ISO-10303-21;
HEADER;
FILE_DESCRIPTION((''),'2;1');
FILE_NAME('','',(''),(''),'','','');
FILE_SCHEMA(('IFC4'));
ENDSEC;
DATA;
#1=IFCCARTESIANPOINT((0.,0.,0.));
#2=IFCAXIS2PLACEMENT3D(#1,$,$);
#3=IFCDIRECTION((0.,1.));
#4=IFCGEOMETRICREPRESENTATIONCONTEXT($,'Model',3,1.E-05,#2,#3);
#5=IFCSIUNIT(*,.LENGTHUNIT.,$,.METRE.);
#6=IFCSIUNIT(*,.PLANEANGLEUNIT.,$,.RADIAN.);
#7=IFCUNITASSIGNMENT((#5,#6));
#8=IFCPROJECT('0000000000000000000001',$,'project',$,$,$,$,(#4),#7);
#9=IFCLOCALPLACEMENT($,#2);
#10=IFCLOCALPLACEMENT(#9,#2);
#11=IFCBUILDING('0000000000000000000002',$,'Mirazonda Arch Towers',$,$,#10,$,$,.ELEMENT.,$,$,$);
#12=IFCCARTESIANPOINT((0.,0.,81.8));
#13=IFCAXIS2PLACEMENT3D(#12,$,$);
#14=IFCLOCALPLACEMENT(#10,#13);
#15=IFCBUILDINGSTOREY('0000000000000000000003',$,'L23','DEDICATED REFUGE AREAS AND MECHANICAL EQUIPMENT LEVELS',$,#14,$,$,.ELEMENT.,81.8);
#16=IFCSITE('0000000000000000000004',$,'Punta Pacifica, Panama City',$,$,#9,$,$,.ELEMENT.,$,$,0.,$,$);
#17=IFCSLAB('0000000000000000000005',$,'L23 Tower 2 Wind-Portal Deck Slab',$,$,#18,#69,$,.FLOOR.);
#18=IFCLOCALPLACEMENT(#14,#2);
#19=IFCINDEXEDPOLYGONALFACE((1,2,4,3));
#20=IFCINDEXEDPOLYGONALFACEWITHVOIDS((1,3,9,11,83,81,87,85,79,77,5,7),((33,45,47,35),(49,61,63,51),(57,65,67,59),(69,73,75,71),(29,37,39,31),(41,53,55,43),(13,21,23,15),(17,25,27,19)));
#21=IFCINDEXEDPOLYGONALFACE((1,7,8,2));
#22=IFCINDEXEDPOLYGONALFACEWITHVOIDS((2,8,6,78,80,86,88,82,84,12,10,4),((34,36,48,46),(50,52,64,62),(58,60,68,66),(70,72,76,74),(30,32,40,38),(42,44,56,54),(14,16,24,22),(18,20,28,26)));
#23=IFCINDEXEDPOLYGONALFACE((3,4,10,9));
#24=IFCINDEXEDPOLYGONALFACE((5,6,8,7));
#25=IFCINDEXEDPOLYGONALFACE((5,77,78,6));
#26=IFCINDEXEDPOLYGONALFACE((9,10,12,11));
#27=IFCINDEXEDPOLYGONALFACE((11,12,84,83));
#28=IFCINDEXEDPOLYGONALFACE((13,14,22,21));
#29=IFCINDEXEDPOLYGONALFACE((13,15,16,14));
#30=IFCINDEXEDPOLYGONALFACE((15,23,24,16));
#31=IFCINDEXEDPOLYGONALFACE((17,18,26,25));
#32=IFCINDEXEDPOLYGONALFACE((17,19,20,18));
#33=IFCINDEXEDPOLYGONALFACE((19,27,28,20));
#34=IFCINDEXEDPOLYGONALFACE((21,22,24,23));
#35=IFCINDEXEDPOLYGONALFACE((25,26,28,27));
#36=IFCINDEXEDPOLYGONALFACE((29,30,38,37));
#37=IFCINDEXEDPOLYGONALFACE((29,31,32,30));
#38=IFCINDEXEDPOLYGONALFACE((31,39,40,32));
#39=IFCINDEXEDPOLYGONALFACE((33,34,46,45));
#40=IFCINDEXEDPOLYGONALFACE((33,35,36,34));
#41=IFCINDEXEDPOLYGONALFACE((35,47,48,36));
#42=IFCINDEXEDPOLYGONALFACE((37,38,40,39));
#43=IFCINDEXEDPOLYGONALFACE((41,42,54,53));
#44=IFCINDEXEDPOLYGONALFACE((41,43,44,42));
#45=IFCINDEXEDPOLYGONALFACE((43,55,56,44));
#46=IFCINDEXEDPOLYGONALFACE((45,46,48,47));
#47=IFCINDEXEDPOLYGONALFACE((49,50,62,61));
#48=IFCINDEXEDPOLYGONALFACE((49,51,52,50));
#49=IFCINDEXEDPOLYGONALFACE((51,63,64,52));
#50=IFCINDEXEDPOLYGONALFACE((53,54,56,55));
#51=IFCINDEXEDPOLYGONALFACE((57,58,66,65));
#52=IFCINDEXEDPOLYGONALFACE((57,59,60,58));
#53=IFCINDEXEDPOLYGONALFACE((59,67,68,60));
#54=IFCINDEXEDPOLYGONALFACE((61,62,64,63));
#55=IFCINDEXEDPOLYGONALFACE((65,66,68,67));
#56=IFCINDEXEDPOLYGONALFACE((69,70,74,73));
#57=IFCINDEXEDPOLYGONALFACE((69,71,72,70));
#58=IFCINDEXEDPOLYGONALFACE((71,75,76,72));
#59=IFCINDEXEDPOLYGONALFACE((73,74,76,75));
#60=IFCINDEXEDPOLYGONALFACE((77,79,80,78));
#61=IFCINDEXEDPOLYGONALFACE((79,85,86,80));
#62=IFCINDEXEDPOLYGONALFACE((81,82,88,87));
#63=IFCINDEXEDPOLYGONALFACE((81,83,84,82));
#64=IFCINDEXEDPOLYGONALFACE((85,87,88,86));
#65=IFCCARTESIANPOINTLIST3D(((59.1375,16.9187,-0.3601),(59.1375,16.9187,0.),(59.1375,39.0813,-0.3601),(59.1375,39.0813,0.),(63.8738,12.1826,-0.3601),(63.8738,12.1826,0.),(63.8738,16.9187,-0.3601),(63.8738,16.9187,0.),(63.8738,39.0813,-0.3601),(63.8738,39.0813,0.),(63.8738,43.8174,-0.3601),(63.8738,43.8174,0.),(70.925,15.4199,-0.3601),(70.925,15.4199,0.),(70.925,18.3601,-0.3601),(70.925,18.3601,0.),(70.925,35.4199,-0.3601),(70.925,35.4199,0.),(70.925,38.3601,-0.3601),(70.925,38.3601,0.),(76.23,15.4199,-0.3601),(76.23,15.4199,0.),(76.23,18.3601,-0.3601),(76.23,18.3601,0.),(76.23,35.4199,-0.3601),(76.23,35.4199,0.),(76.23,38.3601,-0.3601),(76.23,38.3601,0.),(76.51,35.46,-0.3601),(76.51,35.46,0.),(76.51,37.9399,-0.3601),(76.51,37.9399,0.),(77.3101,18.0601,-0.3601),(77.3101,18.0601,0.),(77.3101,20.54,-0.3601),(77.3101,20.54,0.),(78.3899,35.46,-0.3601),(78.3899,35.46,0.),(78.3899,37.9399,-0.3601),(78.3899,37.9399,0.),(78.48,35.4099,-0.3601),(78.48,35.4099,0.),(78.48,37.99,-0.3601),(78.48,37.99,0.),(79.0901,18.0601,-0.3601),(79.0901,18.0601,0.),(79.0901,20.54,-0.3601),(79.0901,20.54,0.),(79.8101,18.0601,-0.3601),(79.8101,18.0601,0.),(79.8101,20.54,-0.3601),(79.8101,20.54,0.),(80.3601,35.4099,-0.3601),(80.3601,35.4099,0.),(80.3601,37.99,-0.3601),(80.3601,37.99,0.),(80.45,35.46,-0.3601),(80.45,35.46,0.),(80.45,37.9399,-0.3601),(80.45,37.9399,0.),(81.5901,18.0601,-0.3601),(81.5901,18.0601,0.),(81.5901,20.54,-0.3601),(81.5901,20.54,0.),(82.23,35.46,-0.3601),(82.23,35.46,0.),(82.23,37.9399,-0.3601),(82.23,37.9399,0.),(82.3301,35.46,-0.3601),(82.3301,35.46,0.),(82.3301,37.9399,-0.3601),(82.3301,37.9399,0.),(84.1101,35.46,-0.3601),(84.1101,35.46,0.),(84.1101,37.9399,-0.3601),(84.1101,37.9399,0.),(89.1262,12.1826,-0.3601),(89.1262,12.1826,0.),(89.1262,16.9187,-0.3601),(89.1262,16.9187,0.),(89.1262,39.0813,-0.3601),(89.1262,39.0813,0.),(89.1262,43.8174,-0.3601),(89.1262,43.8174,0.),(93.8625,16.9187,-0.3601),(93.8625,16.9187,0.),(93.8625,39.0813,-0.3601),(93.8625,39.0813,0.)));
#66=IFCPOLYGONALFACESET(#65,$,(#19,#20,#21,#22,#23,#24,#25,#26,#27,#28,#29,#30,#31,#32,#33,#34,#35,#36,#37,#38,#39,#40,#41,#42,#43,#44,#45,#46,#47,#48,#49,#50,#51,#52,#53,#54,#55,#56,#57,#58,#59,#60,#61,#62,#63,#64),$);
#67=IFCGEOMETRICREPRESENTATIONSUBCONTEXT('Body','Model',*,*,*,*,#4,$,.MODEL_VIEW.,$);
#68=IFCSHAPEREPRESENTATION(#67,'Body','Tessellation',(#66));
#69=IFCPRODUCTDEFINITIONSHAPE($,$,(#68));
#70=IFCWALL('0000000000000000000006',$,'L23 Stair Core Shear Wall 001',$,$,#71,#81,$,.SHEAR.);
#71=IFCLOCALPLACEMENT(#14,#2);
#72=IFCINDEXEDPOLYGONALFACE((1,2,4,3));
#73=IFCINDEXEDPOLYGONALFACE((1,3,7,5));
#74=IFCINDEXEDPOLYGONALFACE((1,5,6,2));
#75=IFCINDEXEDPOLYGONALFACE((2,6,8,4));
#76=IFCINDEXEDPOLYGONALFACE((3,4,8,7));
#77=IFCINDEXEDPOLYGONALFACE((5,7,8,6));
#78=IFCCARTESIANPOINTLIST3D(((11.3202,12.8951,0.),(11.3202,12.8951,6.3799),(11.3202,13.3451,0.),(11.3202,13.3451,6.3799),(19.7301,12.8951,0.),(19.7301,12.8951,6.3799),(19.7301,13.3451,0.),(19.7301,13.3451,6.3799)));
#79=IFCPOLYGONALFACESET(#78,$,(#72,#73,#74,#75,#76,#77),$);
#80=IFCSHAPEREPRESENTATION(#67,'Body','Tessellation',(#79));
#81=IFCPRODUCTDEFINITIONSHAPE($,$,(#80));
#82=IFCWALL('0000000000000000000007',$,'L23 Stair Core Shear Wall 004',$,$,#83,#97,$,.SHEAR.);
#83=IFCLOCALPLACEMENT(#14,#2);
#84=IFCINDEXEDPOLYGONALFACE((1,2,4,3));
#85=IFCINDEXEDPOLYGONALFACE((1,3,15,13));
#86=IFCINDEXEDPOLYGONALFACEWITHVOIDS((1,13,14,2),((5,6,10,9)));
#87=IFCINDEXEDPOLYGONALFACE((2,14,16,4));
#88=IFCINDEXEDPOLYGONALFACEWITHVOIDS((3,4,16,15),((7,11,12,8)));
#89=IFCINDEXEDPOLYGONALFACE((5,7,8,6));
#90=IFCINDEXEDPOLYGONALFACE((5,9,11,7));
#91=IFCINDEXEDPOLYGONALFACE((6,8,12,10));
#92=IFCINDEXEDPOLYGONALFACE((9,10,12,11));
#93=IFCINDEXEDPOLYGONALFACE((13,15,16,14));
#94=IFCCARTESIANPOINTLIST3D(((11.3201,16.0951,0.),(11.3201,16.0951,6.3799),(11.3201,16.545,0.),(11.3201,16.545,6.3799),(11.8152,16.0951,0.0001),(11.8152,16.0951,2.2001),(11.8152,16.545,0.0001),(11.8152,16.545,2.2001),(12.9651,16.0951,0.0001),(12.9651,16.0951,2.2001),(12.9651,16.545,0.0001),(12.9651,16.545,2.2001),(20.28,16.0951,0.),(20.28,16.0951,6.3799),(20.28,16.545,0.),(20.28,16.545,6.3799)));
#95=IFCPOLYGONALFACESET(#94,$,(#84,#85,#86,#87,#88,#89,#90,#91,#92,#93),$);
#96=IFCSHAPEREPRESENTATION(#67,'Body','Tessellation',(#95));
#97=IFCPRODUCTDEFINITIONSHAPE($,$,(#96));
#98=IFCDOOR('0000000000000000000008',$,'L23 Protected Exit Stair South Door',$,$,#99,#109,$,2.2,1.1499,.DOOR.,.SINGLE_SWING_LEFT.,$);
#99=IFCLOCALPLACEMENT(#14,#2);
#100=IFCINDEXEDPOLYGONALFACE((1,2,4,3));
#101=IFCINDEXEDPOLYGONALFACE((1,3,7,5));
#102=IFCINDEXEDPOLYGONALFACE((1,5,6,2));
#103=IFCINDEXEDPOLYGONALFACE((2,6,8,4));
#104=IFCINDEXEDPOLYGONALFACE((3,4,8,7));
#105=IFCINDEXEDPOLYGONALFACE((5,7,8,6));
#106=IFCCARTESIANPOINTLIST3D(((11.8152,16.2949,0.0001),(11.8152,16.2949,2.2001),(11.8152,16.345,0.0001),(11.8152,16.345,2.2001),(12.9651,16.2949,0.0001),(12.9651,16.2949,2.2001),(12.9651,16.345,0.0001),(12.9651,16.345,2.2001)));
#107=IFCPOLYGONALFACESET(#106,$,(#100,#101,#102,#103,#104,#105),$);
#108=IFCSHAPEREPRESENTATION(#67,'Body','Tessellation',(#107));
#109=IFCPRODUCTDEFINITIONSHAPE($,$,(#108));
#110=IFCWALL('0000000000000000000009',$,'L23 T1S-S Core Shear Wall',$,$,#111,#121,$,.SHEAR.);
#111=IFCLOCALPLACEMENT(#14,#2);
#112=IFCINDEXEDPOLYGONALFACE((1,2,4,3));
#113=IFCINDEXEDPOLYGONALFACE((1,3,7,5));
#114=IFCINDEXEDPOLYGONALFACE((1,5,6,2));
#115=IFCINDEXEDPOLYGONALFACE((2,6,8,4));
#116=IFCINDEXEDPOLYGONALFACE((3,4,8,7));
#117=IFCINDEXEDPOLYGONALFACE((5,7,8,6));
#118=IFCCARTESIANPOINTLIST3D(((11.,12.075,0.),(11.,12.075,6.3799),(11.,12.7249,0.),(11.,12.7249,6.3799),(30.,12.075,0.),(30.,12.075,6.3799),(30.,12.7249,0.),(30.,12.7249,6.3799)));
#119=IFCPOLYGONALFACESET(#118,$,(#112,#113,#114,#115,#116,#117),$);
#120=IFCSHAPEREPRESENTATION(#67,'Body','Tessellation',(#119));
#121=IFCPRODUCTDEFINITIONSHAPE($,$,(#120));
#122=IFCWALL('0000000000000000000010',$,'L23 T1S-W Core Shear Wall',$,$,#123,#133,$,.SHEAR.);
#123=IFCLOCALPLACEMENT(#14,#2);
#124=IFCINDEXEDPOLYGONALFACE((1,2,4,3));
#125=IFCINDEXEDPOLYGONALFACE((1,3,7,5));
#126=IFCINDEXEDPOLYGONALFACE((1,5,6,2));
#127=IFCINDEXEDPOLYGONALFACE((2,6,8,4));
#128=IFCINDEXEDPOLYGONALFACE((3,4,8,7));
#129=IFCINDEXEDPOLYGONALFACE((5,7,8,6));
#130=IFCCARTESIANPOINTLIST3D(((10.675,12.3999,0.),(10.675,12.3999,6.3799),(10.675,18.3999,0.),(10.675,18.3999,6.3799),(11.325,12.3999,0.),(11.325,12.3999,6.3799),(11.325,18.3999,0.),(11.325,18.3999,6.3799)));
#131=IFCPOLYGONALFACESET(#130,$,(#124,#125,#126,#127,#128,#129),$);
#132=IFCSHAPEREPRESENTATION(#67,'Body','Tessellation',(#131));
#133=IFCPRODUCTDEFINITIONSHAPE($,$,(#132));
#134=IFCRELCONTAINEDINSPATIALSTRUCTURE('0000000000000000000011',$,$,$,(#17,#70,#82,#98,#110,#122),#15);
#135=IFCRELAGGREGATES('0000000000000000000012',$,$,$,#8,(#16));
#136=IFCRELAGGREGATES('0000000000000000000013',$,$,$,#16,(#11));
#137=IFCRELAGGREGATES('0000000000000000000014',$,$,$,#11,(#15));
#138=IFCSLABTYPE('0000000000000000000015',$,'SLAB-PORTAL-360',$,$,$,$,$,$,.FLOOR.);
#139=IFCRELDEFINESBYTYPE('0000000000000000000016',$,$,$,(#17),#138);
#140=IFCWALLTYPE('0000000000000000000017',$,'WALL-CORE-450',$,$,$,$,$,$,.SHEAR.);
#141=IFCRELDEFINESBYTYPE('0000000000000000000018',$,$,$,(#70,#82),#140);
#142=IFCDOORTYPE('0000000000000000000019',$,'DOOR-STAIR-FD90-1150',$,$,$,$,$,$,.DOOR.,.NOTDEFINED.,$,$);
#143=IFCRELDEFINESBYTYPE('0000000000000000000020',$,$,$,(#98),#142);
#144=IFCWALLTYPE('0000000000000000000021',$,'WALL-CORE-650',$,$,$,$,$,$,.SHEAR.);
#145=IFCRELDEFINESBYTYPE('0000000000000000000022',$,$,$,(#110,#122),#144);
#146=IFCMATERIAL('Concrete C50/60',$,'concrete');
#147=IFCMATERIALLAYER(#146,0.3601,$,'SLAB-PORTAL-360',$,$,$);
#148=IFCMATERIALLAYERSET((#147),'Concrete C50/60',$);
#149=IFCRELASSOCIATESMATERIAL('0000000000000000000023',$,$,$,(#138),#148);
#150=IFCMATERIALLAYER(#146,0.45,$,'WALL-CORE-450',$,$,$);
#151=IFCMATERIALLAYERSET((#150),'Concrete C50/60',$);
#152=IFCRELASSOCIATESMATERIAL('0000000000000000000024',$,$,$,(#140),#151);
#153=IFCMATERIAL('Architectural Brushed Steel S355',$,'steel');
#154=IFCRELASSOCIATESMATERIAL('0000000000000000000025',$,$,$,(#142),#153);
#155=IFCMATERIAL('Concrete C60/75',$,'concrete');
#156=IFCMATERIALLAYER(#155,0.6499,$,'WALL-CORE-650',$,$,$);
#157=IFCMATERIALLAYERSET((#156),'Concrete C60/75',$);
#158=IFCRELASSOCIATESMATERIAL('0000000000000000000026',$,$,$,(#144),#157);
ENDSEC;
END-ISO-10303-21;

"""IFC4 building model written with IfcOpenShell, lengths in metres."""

from ifc_helpers import new_model, si_unit, direction, frame, frame_2d, origin, place, context, subcontext, project, spatial, polyline, rectangle, outline, extrude, material, layer, layer_set, type_object, element, fill, save


model = new_model("IFC4")

# Units and contexts
model_context = context("Model", 3, precision=1e-05, world=origin(), true_north=direction((0.0, 1.0)))
body_context = subcontext(model_context, "Body", "Model", "MODEL_VIEW")
ifc_project = project(units=[si_unit("LENGTHUNIT", "METRE"), si_unit("PLANEANGLEUNIT", "RADIAN")], contexts=[model_context])

# Site, building, storey
site_placement = place(None, origin())
site = spatial("IfcSite", under=ifc_project, at=site_placement, Name="Punta Pacifica, Panama City", CompositionType="ELEMENT", RefElevation=0.0)
building_placement = place(site_placement, origin())
building = spatial("IfcBuilding", under=site, at=building_placement, Name="Mirazonda Arch Towers", CompositionType="ELEMENT")
storey_placement = place(building_placement, frame((0.0, 0.0, 81.8)))
storey = spatial("IfcBuildingStorey", under=building, at=storey_placement, Name="L23", Description="DEDICATED REFUGE AREAS AND MECHANICAL EQUIPMENT LEVELS", CompositionType="ELEMENT", Elevation=81.8)

# Shared definitions
ifc_material_1 = material(Name="Concrete C50/60", Category="concrete")
ifc_material_2 = material(Name="Concrete C60/75", Category="concrete")

# Slab
ifc_layer_1 = layer(ifc_material_1, 0.3601, Name="SLAB-PORTAL-360")
ifc_layer_set_1 = layer_set([ifc_layer_1], Name="Concrete C50/60")
slab_type_1 = type_object("IfcSlabType", Name="SLAB-PORTAL-360", PredefinedType="FLOOR", material=ifc_layer_set_1)
slab_1_placement = place(storey_placement, frame((0.0, 0.0, -0.3601)))
element("IfcSlab", 1, at=slab_1_placement, inside=storey, type_object=slab_type_1, Name="L23 Tower 2 Wind-Portal Deck Slab", PredefinedType="FLOOR", context=body_context, shape_type="SweptSolid", body=[
    extrude(outline(polyline([(63.8738, 12.1826), (89.1262, 12.1826), (89.1262, 16.9187), (93.8625, 16.9187), (93.8625, 39.0813), (89.1262, 39.0813), (89.1262, 43.8174), (63.8738, 43.8174), (63.8738, 39.0813), (59.1375, 39.0813), (59.1375, 16.9187), (63.8738, 16.9187), (63.8738, 12.1826)]), holes=[polyline([(82.3301, 37.9399), (84.1101, 37.9399), (84.1101, 35.46), (82.3301, 35.46), (82.3301, 37.9399)]), polyline([(80.45, 37.9399), (82.23, 37.9399), (82.23, 35.46), (80.45, 35.46), (80.45, 37.9399)]), polyline([(79.8101, 20.54), (81.5901, 20.54), (81.5901, 18.0601), (79.8101, 18.0601), (79.8101, 20.54)]), polyline([(78.48, 37.99), (80.3601, 37.99), (80.3601, 35.4099), (78.48, 35.4099), (78.48, 37.99)]), polyline([(77.3101, 20.54), (79.0901, 20.54), (79.0901, 18.0601), (77.3101, 18.0601), (77.3101, 20.54)]), polyline([(76.51, 37.9399), (78.3899, 37.9399), (78.3899, 35.46), (76.51, 35.46), (76.51, 37.9399)]), polyline([(70.925, 15.4199), (70.925, 18.3601), (76.23, 18.3601), (76.23, 15.4199), (70.925, 15.4199)]), polyline([(70.925, 35.4199), (70.925, 38.3601), (76.23, 38.3601), (76.23, 35.4199), (70.925, 35.4199)])]), origin(), (0.0, 0.0, 1.0), 0.3601),
])

# Wall
ifc_layer_2 = layer(ifc_material_1, 0.45, Name="WALL-CORE-450")
ifc_layer_set_2 = layer_set([ifc_layer_2], Name="Concrete C50/60")
wall_type_1 = type_object("IfcWallType", Name="WALL-CORE-450", PredefinedType="SHEAR", material=ifc_layer_set_2)
wall_1_placement = place(storey_placement, frame((11.3201, 13.1201, 0.0), z_axis=(0.0, 0.0, 1.0), x_axis=(1.0, 0.0, 0.0)))
element("IfcWall", 2, at=wall_1_placement, inside=storey, type_object=wall_type_1, Name="L23 Stair Core Shear Wall 001", PredefinedType="SHEAR", context=body_context, shape_type="SweptSolid", body=[
    extrude(rectangle(XDim=8.4099, YDim=0.45, at=frame_2d((4.2051, 0.0))), origin(), (0.0, 0.0, 1.0), 6.3799),
])

# Wall, opening, door
wall_2_placement = place(storey_placement, frame((11.3201, 16.3201, 0.0), z_axis=(0.0, 0.0, 1.0), x_axis=(1.0, 0.0, 0.0)))
wall_2 = element("IfcWall", 3, at=wall_2_placement, inside=storey, type_object=wall_type_1, Name="L23 Stair Core Shear Wall 004", PredefinedType="SHEAR", context=body_context, shape_type="SweptSolid", body=[
    extrude(rectangle(XDim=8.96, YDim=0.45, at=frame_2d((4.48, 0.0))), origin(), (0.0, 0.0, 1.0), 6.3799),
])
opening_placement = place(wall_2_placement, frame((0.4951, 0.0, 0.0)))
opening = element("IfcOpeningElement", 4, at=opening_placement, cuts=wall_2, PredefinedType="OPENING", context=body_context, shape_type="SweptSolid", body=[
    extrude(rectangle(XDim=1.1499, YDim=2.2, at=frame_2d((0.575, 1.1001))), frame((0.0, 0.2349, 0.0), z_axis=(0.0, -1.0, 0.0), x_axis=(1.0, 0.0, 0.0)), (0.0, 0.0, 1.0), 0.47),
])
ifc_material_3 = material(Name="Architectural Brushed Steel S355", Category="steel")
door_type = type_object("IfcDoorType", Name="DOOR-STAIR-FD90-1150", OperationType="NOTDEFINED", PredefinedType="DOOR", material=ifc_material_3)
door_placement = place(opening_placement, origin())
door = element("IfcDoor", 5, at=door_placement, inside=storey, type_object=door_type, Name="L23 Protected Exit Stair South Door", OperationType="SINGLE_SWING_LEFT", OverallHeight=2.2, OverallWidth=1.1499, PredefinedType="DOOR", context=body_context, shape_type="SweptSolid", body=[
    extrude(rectangle(XDim=1.1499, YDim=2.2, at=frame_2d((0.575, 1.1001))), frame((0.0, 0.0249, 0.0), z_axis=(0.0, -1.0, 0.0), x_axis=(1.0, 0.0, 0.0)), (0.0, 0.0, 1.0), 0.05),
])
fill(opening, door)

# Walls
ifc_layer_3 = layer(ifc_material_2, 0.6499, Name="WALL-CORE-650")
ifc_layer_set_3 = layer_set([ifc_layer_3], Name="Concrete C60/75")
wall_type_2 = type_object("IfcWallType", Name="WALL-CORE-650", PredefinedType="SHEAR", material=ifc_layer_set_3)
wall_3_placement = place(storey_placement, frame((11.0, 12.3999, 0.0), z_axis=(0.0, 0.0, 1.0), x_axis=(1.0, 0.0, 0.0)))
element("IfcWall", 6, at=wall_3_placement, inside=storey, type_object=wall_type_2, Name="L23 T1S-S Core Shear Wall", PredefinedType="SHEAR", context=body_context, shape_type="SweptSolid", body=[
    extrude(rectangle(XDim=19.0, YDim=0.6499, at=frame_2d((9.5, 0.0))), origin(), (0.0, 0.0, 1.0), 6.3799),
])
wall_4_placement = place(storey_placement, frame((11.0, 12.3999, 0.0), z_axis=(0.0, 0.0, 1.0), x_axis=(0.0, 1.0, 0.0)))
element("IfcWall", 7, at=wall_4_placement, inside=storey, type_object=wall_type_2, Name="L23 T1S-W Core Shear Wall", PredefinedType="SHEAR", context=body_context, shape_type="SweptSolid", body=[
    extrude(rectangle(XDim=6.0, YDim=0.6499, at=frame_2d((3.0, 0.0))), origin(), (0.0, 0.0, 1.0), 6.3799),
])

save(model, "model.ifc")
